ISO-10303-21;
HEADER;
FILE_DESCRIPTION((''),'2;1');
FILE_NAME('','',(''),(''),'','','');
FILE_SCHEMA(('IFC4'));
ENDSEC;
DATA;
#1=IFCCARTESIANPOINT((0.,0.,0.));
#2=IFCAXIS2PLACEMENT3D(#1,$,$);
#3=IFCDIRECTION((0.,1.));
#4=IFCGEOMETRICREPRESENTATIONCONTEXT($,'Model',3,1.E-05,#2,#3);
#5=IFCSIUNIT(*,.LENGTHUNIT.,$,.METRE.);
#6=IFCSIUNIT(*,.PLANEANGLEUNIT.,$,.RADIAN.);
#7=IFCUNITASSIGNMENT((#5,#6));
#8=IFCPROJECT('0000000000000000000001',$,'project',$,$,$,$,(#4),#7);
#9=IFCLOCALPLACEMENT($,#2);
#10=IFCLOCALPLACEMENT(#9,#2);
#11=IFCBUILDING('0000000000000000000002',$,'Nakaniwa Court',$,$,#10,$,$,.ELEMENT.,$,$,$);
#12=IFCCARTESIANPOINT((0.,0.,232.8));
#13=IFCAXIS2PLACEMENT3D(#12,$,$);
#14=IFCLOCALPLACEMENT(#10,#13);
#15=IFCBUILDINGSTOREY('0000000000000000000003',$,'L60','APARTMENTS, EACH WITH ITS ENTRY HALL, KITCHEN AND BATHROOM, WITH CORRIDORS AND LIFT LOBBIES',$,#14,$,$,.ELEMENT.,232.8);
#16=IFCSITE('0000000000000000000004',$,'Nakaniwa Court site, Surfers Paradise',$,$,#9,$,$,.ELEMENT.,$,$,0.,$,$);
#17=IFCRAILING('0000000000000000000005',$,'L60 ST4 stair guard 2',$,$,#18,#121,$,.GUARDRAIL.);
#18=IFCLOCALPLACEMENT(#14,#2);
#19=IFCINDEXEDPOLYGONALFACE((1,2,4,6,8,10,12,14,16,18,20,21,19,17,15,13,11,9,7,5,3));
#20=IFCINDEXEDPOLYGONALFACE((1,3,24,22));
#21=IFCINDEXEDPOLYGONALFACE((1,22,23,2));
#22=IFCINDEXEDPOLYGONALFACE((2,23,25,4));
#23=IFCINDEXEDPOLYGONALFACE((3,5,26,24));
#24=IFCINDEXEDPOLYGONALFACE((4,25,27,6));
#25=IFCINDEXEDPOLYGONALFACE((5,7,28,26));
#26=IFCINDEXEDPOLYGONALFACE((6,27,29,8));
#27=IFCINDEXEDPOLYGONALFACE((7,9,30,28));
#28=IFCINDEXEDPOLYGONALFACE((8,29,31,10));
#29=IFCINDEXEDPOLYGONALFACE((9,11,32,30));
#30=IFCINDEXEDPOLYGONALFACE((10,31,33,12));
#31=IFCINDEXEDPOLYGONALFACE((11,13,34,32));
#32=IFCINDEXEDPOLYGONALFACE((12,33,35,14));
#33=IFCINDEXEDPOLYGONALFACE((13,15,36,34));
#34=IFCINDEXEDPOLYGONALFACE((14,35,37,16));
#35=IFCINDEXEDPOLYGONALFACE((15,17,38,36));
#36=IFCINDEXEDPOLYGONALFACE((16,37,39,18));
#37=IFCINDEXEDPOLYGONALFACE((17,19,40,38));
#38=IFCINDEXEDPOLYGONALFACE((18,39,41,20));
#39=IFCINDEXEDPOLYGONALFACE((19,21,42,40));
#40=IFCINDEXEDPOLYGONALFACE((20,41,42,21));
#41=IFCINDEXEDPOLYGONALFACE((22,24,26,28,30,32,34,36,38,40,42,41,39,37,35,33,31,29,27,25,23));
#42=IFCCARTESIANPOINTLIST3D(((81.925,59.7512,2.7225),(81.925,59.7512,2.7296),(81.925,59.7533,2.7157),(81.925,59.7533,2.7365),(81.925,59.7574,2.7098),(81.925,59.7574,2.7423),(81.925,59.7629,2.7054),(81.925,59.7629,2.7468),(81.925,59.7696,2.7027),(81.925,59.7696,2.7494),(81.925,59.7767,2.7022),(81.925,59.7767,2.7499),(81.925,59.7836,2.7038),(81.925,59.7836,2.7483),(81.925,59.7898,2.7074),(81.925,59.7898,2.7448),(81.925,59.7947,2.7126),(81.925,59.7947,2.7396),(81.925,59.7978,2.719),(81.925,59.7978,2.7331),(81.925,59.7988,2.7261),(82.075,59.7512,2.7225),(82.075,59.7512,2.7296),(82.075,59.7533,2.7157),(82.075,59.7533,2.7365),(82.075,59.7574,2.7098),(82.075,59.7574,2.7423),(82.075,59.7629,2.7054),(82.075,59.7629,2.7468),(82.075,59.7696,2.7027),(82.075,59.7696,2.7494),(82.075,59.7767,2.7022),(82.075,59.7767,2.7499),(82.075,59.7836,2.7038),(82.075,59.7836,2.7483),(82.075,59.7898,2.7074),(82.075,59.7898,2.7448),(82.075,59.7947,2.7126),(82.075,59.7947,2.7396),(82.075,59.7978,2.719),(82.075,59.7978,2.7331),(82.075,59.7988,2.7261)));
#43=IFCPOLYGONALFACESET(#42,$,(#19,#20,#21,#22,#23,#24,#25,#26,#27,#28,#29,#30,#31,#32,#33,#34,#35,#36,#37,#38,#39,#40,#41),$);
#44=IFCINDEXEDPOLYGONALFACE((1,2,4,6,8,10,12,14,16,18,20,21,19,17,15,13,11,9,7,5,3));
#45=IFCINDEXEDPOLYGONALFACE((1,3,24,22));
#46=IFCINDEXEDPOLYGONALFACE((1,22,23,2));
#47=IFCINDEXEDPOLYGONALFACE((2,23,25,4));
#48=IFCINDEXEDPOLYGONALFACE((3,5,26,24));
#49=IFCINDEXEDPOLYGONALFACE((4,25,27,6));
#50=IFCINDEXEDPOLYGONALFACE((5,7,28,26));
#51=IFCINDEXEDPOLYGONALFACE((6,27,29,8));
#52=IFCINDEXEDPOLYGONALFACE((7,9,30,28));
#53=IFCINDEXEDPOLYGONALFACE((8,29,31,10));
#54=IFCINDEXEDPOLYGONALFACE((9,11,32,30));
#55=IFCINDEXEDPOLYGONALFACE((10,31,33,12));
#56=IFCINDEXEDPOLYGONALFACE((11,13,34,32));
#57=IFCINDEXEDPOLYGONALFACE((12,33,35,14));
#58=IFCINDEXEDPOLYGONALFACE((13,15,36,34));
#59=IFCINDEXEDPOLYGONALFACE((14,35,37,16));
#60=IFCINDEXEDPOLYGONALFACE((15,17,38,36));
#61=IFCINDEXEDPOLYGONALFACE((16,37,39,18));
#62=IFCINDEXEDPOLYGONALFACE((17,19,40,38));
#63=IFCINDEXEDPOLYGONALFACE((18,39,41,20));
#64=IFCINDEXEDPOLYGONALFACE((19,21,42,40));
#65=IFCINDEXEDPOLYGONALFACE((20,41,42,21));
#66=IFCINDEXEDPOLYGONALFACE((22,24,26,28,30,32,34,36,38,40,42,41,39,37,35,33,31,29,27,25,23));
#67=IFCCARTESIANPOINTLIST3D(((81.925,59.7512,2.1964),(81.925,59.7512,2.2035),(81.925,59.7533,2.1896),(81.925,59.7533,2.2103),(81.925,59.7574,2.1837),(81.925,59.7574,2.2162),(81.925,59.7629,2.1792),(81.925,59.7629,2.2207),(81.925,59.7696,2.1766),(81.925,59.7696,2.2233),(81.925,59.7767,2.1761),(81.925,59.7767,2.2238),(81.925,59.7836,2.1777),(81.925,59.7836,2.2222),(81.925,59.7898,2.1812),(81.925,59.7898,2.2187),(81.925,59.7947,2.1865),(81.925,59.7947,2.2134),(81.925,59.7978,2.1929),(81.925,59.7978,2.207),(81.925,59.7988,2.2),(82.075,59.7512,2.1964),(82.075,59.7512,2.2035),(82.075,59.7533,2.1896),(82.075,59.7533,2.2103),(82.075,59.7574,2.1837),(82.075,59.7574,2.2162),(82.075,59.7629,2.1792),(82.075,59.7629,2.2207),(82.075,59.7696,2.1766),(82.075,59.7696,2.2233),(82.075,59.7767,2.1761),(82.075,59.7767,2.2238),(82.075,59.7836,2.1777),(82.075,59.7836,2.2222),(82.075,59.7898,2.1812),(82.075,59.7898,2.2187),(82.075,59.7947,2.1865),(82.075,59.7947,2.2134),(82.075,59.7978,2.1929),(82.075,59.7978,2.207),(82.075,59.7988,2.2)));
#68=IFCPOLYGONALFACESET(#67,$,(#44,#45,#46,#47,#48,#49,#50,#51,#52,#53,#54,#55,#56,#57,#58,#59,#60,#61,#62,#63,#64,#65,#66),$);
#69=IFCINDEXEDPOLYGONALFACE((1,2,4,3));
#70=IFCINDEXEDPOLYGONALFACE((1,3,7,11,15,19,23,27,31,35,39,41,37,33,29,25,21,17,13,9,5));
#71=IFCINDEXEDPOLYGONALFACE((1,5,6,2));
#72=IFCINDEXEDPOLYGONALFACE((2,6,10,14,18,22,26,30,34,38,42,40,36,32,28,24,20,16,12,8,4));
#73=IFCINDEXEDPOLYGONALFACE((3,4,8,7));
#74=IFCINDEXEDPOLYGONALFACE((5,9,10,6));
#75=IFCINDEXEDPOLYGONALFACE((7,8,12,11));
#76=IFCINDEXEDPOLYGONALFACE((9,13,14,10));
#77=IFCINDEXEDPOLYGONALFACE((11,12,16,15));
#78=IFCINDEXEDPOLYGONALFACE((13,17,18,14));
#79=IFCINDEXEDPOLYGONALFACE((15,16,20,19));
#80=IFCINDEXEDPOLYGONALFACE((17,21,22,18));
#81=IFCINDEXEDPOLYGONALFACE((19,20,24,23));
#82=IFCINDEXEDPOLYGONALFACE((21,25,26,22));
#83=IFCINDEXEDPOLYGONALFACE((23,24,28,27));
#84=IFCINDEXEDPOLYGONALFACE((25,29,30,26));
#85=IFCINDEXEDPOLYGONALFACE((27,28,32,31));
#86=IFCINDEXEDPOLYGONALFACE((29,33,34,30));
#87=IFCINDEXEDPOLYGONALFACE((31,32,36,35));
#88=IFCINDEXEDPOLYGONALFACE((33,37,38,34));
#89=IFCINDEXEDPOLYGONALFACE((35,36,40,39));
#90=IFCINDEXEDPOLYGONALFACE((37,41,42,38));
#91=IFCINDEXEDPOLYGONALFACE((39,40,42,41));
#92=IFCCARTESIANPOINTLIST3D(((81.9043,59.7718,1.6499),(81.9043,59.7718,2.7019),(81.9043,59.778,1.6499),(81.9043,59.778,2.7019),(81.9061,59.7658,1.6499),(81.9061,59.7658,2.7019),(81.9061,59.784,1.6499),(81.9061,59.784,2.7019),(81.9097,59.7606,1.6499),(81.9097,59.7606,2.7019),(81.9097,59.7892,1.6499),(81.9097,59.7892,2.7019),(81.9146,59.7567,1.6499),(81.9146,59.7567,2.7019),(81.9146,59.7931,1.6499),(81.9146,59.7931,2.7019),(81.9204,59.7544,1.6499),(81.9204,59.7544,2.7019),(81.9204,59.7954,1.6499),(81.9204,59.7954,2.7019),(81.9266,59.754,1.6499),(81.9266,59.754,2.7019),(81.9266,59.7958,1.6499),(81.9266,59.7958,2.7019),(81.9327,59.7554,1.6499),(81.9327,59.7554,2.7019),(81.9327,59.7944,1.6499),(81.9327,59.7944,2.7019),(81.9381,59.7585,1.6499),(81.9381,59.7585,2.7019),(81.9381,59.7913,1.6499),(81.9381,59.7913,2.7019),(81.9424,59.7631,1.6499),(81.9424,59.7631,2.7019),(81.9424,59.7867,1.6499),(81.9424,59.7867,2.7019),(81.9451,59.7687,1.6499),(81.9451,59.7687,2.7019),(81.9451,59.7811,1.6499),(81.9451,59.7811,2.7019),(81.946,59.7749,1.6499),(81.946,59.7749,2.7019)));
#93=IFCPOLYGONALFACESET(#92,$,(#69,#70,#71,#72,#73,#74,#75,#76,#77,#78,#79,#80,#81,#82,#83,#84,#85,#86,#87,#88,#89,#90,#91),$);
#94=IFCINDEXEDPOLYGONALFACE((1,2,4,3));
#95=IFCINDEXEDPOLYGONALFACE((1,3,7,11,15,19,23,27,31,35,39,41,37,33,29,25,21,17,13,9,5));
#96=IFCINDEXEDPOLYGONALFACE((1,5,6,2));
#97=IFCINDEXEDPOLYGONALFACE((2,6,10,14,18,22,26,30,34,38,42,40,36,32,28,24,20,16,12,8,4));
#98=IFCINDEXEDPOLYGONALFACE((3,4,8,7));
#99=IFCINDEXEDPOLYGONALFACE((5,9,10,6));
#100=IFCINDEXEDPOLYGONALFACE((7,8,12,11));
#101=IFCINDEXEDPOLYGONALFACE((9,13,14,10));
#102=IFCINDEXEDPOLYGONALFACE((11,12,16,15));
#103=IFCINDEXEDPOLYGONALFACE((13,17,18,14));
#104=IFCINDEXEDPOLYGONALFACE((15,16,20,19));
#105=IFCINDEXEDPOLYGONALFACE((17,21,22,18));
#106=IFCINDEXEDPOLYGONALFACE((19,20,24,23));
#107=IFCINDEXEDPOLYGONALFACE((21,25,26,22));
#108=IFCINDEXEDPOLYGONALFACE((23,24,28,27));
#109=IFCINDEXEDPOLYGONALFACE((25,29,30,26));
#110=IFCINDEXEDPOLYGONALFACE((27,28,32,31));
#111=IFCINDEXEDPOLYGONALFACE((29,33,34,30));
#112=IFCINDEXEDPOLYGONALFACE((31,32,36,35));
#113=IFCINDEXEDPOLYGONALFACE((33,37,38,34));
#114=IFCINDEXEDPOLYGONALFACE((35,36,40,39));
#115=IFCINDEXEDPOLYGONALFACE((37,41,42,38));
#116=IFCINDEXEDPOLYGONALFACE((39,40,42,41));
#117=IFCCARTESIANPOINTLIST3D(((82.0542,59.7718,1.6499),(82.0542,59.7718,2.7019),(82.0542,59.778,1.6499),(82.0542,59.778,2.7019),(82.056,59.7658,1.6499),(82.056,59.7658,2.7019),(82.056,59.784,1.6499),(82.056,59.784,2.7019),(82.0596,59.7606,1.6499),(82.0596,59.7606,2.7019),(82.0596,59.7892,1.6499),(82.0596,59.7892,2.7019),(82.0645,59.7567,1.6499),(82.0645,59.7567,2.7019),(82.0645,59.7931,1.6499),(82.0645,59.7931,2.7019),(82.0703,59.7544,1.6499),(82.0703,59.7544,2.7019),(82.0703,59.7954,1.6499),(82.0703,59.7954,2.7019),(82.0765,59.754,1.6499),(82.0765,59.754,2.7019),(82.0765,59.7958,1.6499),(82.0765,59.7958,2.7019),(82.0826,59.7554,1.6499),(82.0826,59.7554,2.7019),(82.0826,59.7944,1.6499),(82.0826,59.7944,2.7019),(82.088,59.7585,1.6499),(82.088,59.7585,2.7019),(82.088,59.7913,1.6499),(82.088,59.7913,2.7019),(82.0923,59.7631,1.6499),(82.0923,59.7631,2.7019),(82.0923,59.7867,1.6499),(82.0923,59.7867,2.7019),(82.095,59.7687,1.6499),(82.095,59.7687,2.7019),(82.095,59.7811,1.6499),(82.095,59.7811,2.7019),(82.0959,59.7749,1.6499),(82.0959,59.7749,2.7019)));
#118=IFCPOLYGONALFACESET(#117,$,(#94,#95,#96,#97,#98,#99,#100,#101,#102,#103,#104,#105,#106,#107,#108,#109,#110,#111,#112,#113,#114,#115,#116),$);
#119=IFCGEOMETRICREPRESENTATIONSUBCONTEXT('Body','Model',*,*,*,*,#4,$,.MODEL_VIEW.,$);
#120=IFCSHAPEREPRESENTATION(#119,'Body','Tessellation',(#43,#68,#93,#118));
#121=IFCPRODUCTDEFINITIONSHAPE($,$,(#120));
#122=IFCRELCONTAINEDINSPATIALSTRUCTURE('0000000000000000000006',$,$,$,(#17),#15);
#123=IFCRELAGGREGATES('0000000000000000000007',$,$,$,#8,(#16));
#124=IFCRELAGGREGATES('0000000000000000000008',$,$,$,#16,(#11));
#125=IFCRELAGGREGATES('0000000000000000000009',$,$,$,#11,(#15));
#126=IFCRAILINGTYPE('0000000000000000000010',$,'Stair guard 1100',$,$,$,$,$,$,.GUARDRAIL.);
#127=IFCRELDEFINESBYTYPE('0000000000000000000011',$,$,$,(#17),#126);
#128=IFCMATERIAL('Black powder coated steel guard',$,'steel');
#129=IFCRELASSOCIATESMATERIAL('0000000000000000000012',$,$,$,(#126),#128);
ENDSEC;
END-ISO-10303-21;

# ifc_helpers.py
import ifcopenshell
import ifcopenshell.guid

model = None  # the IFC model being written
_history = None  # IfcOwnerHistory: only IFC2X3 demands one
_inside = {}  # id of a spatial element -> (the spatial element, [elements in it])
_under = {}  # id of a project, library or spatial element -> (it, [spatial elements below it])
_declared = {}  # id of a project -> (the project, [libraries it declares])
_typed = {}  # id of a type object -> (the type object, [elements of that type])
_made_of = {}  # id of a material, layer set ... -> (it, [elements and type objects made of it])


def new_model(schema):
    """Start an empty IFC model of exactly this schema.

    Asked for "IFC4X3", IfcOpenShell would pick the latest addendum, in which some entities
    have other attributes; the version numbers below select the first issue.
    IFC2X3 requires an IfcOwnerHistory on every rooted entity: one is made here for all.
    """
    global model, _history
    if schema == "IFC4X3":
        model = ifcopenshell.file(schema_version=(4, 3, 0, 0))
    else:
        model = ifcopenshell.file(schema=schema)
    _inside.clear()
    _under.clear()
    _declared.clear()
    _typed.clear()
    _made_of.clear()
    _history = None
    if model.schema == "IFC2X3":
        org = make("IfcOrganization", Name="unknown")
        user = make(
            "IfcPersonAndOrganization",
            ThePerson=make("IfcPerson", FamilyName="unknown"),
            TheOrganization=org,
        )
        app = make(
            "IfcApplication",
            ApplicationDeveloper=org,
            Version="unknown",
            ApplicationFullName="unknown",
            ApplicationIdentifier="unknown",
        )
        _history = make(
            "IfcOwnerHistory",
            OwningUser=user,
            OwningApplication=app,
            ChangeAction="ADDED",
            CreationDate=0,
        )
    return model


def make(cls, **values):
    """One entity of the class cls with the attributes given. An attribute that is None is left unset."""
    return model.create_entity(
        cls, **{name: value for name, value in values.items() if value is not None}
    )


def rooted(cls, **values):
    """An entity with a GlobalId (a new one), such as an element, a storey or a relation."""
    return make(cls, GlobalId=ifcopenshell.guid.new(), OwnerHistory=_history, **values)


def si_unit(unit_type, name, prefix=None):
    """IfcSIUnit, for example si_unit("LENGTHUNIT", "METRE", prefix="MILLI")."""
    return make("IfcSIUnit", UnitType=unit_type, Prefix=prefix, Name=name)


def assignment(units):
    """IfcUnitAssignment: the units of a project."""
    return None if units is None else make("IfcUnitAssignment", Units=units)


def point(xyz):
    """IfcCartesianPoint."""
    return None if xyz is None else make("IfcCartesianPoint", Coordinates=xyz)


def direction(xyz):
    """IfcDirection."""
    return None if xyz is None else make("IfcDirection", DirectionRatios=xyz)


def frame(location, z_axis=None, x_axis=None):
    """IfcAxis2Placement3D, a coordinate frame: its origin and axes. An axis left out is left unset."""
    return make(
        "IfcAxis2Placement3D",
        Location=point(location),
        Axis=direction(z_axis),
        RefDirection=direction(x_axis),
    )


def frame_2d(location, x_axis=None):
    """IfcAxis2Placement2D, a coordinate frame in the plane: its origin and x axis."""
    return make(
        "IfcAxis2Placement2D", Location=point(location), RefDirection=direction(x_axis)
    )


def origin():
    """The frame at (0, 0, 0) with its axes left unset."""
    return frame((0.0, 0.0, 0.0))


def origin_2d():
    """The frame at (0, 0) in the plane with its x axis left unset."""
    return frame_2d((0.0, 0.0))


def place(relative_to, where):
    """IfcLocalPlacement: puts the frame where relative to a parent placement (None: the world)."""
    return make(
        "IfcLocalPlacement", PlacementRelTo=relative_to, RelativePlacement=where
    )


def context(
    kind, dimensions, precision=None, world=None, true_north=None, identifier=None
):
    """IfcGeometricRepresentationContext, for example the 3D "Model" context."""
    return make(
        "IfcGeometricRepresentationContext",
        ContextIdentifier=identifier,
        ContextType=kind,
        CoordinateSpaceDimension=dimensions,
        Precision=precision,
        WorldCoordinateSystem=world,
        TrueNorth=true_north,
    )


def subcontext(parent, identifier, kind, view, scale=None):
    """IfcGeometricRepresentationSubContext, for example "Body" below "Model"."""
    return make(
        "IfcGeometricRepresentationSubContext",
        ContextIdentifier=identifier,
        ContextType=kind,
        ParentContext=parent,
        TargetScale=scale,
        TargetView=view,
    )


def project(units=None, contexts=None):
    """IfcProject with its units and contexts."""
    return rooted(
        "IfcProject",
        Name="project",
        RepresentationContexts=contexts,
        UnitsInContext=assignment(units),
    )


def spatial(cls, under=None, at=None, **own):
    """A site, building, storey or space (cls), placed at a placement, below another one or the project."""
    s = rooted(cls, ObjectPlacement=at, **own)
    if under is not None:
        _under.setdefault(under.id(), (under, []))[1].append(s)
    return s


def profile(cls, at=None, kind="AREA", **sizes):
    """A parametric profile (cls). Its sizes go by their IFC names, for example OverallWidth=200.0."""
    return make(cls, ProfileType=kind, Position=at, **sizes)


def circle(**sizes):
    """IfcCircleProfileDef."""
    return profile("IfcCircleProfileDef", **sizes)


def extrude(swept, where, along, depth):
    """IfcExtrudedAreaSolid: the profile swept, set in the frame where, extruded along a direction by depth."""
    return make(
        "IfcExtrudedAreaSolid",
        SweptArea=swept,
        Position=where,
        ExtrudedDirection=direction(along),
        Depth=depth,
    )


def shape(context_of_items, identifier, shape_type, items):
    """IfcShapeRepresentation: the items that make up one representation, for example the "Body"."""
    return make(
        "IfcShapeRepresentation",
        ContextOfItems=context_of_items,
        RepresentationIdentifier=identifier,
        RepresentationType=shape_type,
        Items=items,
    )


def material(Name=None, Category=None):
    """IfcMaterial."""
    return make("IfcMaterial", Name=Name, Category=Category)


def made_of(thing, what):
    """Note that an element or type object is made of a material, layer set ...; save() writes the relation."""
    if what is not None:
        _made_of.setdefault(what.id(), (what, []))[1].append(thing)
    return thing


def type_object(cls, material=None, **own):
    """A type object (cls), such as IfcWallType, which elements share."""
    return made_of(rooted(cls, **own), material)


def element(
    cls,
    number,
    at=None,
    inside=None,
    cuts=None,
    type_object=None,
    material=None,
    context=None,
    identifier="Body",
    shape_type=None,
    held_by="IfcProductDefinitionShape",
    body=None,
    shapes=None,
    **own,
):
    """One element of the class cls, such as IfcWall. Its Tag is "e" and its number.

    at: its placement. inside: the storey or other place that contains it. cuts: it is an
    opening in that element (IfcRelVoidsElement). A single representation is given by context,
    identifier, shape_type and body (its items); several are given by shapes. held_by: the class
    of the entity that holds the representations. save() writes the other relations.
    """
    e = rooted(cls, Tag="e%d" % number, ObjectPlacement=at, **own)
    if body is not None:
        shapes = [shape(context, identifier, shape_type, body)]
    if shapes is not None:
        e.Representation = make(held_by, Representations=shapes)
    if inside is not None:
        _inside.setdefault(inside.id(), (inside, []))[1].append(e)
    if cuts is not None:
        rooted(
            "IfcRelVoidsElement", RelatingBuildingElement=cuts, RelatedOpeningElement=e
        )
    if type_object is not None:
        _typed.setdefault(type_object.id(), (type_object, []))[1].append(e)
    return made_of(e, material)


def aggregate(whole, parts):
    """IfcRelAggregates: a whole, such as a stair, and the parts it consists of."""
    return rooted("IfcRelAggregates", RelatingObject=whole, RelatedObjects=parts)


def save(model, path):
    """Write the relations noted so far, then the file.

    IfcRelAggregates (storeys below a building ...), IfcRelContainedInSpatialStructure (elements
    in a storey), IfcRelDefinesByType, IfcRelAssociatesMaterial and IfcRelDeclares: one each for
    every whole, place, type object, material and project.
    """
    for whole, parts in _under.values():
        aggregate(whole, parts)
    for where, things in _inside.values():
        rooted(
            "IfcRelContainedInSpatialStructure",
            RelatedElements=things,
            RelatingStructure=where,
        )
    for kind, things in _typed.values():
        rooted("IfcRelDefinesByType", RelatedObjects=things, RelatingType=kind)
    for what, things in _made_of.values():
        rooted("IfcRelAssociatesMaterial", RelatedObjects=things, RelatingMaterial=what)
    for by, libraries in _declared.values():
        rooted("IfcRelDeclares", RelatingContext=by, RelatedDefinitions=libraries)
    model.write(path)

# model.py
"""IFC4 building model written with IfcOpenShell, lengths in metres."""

from ifc_helpers import new_model, si_unit, direction, frame, origin, origin_2d, place, context, subcontext, project, spatial, circle, extrude, material, type_object, element, save


model = new_model("IFC4")

# Units and contexts
model_context = context("Model", 3, precision=1e-05, world=origin(), true_north=direction((0.0, 1.0)))
body_context = subcontext(model_context, "Body", "Model", "MODEL_VIEW")
ifc_project = project(units=[si_unit("LENGTHUNIT", "METRE"), si_unit("PLANEANGLEUNIT", "RADIAN")], contexts=[model_context])

# Site, building, storey
site_placement = place(None, origin())
site = spatial("IfcSite", under=ifc_project, at=site_placement, Name="Nakaniwa Court site, Surfers Paradise", CompositionType="ELEMENT", RefElevation=0.0)
building_placement = place(site_placement, origin())
building = spatial("IfcBuilding", under=site, at=building_placement, Name="Nakaniwa Court", CompositionType="ELEMENT")
storey_placement = place(building_placement, frame((0.0, 0.0, 232.8)))
storey = spatial("IfcBuildingStorey", under=building, at=storey_placement, Name="L60", Description="APARTMENTS, EACH WITH ITS ENTRY HALL, KITCHEN AND BATHROOM, WITH CORRIDORS AND LIFT LOBBIES", CompositionType="ELEMENT", Elevation=232.8)

# Railing
ifc_material_1 = material(Name="Black powder coated steel guard", Category="steel")
railing_type_1 = type_object("IfcRailingType", Name="Stair guard 1100", PredefinedType="GUARDRAIL", material=ifc_material_1)
railing_1_placement = place(storey_placement, frame((81.925, 59.7749, 1.6499)))
element("IfcRailing", 1, at=railing_1_placement, inside=storey, type_object=railing_type_1, Name="L60 ST4 stair guard 2", PredefinedType="GUARDRAIL", context=body_context, shape_type="SweptSolid", body=[
    extrude(circle(Radius=0.0239, at=origin_2d()), frame((0.0, 0.0, 1.0762), z_axis=(1.0, 0.0, 0.0), x_axis=(0.0, 1.0, 0.0)), (0.0, 0.0, 1.0), 0.1499),
    extrude(circle(Radius=0.0239, at=origin_2d()), frame((0.0, 0.0, 0.55), z_axis=(1.0, 0.0, 0.0), x_axis=(0.0, 1.0, 0.0)), (0.0, 0.0, 1.0), 0.1499),
    extrude(circle(Radius=0.021, at=origin_2d()), origin(), (0.0, 0.0, 1.0), 1.052),
    extrude(circle(Radius=0.021, at=origin_2d()), frame((0.1499, 0.0, 0.0)), (0.0, 0.0, 1.0), 1.052),
])

save(model, "model.ifc")
